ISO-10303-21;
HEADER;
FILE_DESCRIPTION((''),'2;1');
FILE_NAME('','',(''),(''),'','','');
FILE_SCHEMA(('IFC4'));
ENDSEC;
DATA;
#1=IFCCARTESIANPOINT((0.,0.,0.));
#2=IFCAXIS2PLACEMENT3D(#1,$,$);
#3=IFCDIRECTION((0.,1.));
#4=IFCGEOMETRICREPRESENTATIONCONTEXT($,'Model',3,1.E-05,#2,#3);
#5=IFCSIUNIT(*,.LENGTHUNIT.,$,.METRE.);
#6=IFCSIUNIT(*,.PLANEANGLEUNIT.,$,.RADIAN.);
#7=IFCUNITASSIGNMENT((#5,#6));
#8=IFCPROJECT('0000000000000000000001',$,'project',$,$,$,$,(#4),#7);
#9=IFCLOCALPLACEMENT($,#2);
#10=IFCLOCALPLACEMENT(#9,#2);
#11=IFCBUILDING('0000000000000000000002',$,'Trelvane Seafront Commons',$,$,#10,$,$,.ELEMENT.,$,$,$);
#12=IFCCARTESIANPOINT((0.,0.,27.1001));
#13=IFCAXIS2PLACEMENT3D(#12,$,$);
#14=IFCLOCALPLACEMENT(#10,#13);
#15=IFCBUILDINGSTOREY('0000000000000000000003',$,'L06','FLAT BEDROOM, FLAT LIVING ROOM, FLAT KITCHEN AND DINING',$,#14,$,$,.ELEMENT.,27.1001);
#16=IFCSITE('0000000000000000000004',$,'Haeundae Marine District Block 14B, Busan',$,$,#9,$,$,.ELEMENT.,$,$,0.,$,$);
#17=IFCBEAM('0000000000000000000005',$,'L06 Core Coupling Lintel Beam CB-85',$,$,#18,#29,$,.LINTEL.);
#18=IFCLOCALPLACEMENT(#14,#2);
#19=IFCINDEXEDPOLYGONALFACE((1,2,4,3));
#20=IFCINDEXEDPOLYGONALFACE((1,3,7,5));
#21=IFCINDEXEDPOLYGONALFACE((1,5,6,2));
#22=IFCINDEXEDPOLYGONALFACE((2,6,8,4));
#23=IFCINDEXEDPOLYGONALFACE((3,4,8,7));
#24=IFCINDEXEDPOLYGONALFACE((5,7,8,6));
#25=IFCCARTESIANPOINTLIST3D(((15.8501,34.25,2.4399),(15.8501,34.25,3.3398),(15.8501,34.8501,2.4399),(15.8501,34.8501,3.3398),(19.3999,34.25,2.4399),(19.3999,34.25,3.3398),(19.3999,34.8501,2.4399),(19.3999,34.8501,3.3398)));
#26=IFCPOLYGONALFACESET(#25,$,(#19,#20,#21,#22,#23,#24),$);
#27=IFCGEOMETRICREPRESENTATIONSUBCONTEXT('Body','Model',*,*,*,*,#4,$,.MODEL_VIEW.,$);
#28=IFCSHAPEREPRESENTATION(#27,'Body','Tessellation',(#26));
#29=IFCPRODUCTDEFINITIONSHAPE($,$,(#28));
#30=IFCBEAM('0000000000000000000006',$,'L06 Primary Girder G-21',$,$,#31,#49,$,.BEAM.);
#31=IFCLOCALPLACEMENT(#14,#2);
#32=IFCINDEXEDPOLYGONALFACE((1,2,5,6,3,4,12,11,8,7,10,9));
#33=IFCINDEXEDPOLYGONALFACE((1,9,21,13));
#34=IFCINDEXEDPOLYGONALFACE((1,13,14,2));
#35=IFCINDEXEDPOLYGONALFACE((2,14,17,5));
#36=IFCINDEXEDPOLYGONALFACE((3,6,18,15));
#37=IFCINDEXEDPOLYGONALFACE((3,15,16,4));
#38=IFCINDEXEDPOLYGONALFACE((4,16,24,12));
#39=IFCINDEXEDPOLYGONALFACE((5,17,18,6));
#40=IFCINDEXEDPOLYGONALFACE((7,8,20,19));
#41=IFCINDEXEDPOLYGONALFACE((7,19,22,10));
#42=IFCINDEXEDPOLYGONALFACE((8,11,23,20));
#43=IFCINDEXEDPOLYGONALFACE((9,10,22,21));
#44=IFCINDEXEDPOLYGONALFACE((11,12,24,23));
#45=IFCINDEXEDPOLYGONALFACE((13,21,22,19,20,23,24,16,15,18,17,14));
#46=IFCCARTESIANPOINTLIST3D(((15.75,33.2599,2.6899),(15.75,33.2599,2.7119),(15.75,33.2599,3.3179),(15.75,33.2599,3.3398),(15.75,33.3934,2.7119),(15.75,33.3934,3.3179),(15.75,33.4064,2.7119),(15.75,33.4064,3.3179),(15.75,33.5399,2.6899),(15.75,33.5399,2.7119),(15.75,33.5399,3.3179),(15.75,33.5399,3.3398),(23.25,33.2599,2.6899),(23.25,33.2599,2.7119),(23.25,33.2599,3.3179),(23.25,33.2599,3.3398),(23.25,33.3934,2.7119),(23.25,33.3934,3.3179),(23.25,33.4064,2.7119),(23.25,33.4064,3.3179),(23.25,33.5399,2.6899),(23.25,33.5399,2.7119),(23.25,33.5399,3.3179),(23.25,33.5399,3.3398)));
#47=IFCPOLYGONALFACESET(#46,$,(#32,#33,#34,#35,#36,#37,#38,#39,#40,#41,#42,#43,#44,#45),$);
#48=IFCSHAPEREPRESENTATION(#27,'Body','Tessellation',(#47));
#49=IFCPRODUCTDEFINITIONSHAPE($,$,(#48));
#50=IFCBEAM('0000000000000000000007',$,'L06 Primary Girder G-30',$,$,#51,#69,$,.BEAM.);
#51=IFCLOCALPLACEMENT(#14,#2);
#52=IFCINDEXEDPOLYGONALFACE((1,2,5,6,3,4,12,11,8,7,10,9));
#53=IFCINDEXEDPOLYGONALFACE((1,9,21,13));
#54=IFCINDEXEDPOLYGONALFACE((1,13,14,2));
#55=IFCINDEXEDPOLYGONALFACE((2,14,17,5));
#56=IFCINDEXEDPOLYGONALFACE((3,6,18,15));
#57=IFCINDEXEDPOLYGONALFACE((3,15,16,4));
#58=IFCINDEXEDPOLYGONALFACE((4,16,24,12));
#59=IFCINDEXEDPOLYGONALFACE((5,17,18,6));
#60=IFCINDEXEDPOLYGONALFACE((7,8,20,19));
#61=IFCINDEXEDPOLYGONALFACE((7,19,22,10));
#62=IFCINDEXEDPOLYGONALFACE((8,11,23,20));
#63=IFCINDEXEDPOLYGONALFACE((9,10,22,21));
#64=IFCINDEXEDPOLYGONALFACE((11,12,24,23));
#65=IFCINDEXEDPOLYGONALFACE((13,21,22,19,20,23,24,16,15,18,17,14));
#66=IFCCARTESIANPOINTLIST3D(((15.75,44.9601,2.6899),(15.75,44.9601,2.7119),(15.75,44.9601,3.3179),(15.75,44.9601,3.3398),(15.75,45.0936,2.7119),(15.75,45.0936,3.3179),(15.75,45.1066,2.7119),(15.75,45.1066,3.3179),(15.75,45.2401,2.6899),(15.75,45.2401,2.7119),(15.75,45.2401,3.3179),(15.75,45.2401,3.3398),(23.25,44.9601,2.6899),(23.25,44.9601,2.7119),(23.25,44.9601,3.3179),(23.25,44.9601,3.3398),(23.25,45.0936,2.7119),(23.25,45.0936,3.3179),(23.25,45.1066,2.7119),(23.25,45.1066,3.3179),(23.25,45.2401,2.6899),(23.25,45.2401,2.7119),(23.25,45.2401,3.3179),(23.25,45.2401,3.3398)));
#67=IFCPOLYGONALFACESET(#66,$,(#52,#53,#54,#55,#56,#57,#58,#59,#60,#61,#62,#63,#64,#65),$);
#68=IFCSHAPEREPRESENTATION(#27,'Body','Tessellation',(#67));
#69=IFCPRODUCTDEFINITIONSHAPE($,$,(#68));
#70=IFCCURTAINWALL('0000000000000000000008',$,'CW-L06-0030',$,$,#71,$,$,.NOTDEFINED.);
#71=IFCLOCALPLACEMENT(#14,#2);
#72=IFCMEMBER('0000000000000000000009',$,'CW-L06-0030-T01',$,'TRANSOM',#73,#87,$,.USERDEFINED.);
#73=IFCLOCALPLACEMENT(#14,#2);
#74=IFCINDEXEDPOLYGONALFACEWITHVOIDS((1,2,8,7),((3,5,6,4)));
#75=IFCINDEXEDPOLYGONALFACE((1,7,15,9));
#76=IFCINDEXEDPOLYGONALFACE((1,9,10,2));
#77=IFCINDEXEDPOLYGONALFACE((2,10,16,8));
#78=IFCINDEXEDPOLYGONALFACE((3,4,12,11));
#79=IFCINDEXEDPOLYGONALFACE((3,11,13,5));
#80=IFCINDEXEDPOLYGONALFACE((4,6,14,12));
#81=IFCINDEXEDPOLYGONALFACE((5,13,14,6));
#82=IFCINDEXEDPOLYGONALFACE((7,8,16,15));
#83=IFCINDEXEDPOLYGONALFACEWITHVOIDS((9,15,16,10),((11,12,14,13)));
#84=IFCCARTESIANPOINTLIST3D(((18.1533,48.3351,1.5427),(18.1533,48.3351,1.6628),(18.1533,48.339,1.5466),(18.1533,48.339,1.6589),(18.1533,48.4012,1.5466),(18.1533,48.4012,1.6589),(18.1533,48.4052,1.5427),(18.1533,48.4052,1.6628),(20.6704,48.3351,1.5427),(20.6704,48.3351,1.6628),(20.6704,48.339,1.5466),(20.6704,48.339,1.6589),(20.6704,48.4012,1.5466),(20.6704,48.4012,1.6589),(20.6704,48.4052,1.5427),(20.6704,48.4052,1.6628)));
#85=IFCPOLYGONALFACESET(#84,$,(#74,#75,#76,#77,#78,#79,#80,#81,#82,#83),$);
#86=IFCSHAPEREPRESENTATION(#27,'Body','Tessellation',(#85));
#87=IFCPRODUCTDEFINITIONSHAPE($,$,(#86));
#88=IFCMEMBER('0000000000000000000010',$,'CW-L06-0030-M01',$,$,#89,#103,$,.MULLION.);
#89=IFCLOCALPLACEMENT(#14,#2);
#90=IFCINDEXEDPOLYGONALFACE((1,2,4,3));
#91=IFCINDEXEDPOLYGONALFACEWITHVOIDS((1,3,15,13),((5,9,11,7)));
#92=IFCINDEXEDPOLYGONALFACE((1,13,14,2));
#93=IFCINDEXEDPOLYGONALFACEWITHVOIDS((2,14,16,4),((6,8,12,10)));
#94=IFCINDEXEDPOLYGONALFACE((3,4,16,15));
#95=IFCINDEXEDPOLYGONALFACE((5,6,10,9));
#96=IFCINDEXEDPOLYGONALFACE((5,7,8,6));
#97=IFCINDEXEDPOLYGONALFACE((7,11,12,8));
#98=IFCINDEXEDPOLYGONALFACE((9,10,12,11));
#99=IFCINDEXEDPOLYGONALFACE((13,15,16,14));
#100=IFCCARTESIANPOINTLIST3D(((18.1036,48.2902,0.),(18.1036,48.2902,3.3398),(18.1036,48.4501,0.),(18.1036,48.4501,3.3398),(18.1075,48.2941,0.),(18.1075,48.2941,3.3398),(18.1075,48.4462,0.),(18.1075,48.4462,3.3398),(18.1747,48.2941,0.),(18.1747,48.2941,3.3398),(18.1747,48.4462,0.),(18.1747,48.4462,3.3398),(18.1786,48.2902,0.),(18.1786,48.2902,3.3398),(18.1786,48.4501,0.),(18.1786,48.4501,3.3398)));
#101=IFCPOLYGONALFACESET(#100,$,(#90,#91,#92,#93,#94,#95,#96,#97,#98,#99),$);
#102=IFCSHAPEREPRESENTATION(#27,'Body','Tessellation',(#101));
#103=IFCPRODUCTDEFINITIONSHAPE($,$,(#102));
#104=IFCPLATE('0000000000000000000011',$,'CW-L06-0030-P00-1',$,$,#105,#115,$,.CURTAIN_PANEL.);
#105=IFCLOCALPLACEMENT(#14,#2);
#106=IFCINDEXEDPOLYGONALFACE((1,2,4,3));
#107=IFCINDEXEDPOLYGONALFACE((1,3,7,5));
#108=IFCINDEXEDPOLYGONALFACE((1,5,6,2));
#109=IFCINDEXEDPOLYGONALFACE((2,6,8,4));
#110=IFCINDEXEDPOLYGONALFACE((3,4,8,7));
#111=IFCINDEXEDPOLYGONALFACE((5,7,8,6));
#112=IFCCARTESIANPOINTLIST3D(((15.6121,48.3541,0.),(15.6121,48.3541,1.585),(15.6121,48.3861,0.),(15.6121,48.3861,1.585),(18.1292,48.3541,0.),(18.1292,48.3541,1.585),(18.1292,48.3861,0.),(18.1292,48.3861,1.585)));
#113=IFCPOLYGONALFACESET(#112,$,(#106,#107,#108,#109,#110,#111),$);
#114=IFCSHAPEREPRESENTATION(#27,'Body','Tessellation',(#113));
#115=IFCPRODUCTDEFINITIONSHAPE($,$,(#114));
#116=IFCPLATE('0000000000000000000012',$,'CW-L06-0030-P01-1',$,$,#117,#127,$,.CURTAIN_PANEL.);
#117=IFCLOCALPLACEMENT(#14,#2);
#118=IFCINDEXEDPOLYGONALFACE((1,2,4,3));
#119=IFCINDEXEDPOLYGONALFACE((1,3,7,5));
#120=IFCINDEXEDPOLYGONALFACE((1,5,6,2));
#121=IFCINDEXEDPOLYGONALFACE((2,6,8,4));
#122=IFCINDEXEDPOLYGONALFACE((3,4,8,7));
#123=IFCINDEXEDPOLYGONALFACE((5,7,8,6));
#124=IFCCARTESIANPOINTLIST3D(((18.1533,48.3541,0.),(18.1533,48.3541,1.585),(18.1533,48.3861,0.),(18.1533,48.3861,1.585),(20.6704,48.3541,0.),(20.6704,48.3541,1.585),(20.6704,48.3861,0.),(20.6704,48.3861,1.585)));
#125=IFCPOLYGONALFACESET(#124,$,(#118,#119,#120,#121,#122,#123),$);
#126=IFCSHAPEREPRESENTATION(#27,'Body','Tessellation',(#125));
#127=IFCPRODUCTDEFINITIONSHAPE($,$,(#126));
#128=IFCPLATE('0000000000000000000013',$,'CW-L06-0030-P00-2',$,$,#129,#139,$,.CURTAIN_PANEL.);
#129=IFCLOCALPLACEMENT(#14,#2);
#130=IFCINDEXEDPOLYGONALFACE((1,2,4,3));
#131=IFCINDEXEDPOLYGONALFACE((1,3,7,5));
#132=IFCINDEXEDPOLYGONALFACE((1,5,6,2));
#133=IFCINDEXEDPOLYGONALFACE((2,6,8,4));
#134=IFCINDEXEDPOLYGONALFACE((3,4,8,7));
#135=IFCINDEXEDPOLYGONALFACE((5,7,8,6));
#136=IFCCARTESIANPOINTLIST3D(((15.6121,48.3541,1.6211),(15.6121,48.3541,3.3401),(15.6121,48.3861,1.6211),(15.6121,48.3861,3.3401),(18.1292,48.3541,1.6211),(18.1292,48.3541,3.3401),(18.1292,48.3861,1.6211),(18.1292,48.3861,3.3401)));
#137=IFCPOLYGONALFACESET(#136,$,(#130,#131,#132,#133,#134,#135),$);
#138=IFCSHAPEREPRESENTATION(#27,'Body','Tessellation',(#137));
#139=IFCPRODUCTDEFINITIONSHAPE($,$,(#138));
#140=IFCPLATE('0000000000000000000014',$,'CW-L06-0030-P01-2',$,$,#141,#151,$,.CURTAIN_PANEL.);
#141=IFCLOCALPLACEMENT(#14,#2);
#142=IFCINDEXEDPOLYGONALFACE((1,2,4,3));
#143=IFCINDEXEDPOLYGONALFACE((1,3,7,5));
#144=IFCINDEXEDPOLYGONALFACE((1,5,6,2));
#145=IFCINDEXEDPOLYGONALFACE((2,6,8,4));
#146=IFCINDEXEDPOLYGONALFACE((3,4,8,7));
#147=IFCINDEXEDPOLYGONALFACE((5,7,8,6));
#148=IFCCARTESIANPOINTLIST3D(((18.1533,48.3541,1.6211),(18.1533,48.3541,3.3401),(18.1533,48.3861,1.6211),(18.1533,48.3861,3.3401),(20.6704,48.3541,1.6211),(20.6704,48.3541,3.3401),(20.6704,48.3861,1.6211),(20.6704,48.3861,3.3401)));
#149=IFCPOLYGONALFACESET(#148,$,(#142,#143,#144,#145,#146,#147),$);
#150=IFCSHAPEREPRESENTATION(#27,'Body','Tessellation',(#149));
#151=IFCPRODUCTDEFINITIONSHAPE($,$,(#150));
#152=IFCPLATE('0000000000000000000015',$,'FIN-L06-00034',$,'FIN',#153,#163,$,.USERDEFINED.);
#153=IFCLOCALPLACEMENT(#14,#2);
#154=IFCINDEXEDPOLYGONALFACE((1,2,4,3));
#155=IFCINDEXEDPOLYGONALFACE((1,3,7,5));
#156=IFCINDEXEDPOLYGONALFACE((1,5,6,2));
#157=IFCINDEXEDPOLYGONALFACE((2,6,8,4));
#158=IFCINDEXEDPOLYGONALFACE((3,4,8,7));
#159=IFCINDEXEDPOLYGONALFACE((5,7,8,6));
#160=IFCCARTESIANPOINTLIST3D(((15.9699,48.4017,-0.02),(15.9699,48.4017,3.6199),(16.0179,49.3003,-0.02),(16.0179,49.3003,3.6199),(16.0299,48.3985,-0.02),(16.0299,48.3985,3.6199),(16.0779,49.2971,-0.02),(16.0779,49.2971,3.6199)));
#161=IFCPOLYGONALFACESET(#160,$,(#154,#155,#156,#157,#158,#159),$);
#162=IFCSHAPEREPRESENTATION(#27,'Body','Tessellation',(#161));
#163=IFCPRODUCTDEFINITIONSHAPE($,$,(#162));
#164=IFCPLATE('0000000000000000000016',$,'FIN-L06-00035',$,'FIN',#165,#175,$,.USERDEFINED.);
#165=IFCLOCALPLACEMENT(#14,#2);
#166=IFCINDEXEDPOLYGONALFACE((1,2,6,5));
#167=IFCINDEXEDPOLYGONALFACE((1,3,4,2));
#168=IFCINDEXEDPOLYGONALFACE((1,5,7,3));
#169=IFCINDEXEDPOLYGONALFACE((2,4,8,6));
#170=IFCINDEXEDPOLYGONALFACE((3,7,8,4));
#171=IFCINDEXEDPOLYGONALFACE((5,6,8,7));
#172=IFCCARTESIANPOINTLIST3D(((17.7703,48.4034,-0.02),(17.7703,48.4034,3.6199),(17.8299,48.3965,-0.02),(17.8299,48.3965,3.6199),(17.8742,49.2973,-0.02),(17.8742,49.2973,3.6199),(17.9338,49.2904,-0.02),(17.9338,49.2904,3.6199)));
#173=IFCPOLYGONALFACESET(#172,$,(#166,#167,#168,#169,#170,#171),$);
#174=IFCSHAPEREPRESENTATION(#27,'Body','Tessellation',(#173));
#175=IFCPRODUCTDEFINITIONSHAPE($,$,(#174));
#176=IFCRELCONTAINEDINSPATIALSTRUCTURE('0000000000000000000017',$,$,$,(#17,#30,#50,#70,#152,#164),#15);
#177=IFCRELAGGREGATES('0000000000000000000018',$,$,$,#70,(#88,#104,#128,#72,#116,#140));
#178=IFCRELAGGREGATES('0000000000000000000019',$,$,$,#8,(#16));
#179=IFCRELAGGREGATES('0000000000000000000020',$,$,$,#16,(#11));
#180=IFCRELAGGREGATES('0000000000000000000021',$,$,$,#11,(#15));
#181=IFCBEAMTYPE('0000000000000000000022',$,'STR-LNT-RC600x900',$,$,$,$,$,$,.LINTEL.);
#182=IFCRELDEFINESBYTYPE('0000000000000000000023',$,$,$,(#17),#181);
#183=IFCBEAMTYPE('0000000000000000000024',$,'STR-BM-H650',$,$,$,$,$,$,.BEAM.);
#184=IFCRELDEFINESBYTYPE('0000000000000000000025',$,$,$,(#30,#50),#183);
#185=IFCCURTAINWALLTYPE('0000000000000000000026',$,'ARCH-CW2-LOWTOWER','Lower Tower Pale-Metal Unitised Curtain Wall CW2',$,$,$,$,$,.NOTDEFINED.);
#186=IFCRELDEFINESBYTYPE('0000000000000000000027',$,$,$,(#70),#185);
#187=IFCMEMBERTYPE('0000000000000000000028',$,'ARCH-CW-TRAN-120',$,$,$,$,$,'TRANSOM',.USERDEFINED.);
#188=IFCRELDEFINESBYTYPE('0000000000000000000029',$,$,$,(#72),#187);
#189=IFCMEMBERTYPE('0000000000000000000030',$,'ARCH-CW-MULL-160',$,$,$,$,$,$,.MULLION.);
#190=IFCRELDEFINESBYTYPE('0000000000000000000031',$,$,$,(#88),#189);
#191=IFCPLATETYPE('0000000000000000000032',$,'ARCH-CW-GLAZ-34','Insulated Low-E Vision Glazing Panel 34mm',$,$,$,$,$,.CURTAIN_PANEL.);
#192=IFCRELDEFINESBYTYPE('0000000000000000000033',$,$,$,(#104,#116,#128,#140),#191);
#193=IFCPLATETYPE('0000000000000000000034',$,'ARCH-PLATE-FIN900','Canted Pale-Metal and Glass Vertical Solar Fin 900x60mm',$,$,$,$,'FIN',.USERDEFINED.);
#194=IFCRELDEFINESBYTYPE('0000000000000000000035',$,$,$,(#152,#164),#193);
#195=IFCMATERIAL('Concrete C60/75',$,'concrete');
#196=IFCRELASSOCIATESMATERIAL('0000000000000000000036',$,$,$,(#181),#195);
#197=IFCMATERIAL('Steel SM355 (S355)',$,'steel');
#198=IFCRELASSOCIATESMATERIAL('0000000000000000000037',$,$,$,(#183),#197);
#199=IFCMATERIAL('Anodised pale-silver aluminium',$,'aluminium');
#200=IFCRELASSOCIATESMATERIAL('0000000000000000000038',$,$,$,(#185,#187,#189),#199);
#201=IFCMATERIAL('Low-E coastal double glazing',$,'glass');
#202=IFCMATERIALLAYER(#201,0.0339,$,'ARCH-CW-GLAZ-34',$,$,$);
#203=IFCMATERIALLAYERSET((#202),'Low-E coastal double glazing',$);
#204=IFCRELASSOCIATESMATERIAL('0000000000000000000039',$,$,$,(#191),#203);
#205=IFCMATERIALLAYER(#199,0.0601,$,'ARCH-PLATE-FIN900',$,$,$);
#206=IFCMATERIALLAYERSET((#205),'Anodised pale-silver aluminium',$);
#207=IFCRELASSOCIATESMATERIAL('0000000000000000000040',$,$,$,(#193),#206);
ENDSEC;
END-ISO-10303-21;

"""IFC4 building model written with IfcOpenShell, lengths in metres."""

from ifc_helpers import new_model, si_unit, direction, frame, origin, origin_2d, place, context, subcontext, project, spatial, rectangle, hollow_rectangle, i_section, extrude, source, transform, mapped, material, layer, layer_set, material_profile, profile_set, type_object, element, aggregate, save


model = new_model("IFC4")

# Units and contexts
model_context = context("Model", 3, precision=1e-05, world=origin(), true_north=direction((0.0, 1.0)))
body_context = subcontext(model_context, "Body", "Model", "MODEL_VIEW")
ifc_project = project(units=[si_unit("LENGTHUNIT", "METRE"), si_unit("PLANEANGLEUNIT", "RADIAN")], contexts=[model_context])

# Site, building, storey
site_placement = place(None, origin())
site = spatial("IfcSite", under=ifc_project, at=site_placement, Name="Haeundae Marine District Block 14B, Busan", CompositionType="ELEMENT", RefElevation=0.0)
building_placement = place(site_placement, origin())
building = spatial("IfcBuilding", under=site, at=building_placement, Name="Trelvane Seafront Commons", CompositionType="ELEMENT")
storey_placement = place(building_placement, frame((0.0, 0.0, 27.1001)))
storey = spatial("IfcBuildingStorey", under=building, at=storey_placement, Name="L06", Description="FLAT BEDROOM, FLAT LIVING ROOM, FLAT KITCHEN AND DINING", CompositionType="ELEMENT", Elevation=27.1001)

# Beams
ifc_material_1 = material(Name="Concrete C60/75", Category="concrete")
ifc_material_profile_1 = material_profile(ifc_material_1, rectangle(XDim=0.6001, YDim=0.8999, at=origin_2d()), Name="RC-600x900")
ifc_profile_set_1 = profile_set([ifc_material_profile_1], Name="Concrete C60/75")
beam_type_1 = type_object("IfcBeamType", Name="STR-LNT-RC600x900", PredefinedType="LINTEL", material=ifc_profile_set_1)
shared_shape_1 = source(origin(), body_context, "Body", "SweptSolid", [
    extrude(rectangle(XDim=0.6001, YDim=0.8999, at=origin_2d()), origin(), (0.0, 0.0, 1.0), 3.5498),
])
beam_placement = place(storey_placement, frame((15.8501, 34.55, 2.8899), z_axis=(1.0, 0.0, 0.0), x_axis=(0.0, 1.0, 0.0)))
element("IfcBeam", 1, at=beam_placement, inside=storey, type_object=beam_type_1, Name="L06 Core Coupling Lintel Beam CB-85", PredefinedType="LINTEL", context=body_context, shape_type="MappedRepresentation", body=[
    mapped(shared_shape_1, transform((0.0, 0.0, 0.0), x_axis=(1.0, 0.0, 0.0), y_axis=(0.0, 1.0, 0.0), z_axis=(0.0, 0.0, 1.0), scale=1.0)),
])
ifc_material_2 = material(Name="Steel SM355 (S355)", Category="steel")
ifc_material_profile_2 = material_profile(ifc_material_2, i_section(OverallWidth=0.28, OverallDepth=0.6499, WebThickness=0.0129, FlangeThickness=0.022, at=origin_2d()), Name="H-650x280x13x22")
ifc_profile_set_2 = profile_set([ifc_material_profile_2], Name="Steel SM355 (S355)")
beam_type_2 = type_object("IfcBeamType", Name="STR-BM-H650", PredefinedType="BEAM", material=ifc_profile_set_2)
shared_shape_2 = source(origin(), body_context, "Body", "SweptSolid", [
    extrude(i_section(OverallWidth=0.28, OverallDepth=0.6499, WebThickness=0.0129, FlangeThickness=0.022, at=origin_2d()), origin(), (0.0, 0.0, 1.0), 7.5),
])
for number, where, z_axis, x_axis, name in (
    (2, (15.75, 33.3999, 3.0149), (1.0, 0.0, 0.0), (0.0, 1.0, 0.0), "L06 Primary Girder G-21"),
    (3, (15.75, 45.1001, 3.0149), (1.0, 0.0, 0.0), (0.0, 1.0, 0.0), "L06 Primary Girder G-30"),
):
    element("IfcBeam", number, at=place(storey_placement, frame(where, z_axis=z_axis, x_axis=x_axis)), inside=storey, type_object=beam_type_2, Name=name, PredefinedType="BEAM", context=body_context, shape_type="MappedRepresentation", body=[
        mapped(shared_shape_2, transform((0.0, 0.0, 0.0), x_axis=(1.0, 0.0, 0.0), y_axis=(0.0, 1.0, 0.0), z_axis=(0.0, 0.0, 1.0), scale=1.0)),
    ])

# Curtain wall, members, plates
ifc_material_3 = material(Name="Anodised pale-silver aluminium", Category="aluminium")
curtain_wall_type = type_object("IfcCurtainWallType", Name="ARCH-CW2-LOWTOWER", Description="Lower Tower Pale-Metal Unitised Curtain Wall CW2", PredefinedType="NOTDEFINED", material=ifc_material_3)
curtain_wall_placement = place(storey_placement, origin())
curtain_wall = element("IfcCurtainWall", 4, at=curtain_wall_placement, inside=storey, type_object=curtain_wall_type, Name="CW-L06-0030", PredefinedType="NOTDEFINED")
ifc_material_profile_3 = material_profile(ifc_material_3, hollow_rectangle(XDim=0.0701, YDim=0.1201, WallThickness=0.0039, at=origin_2d()), Name="TRAN-70x120x4")
ifc_profile_set_3 = profile_set([ifc_material_profile_3], Name="Anodised pale-silver aluminium")
member_type_1 = type_object("IfcMemberType", Name="ARCH-CW-TRAN-120", ElementType="TRANSOM", PredefinedType="USERDEFINED", material=ifc_profile_set_3)
shared_shape_3 = source(origin(), body_context, "Body", "SweptSolid", [
    extrude(hollow_rectangle(XDim=0.0701, YDim=0.1201, WallThickness=0.0039, at=origin_2d()), origin(), (0.0, 0.0, 1.0), 2.5171),
])
member_1_placement = place(storey_placement, frame((18.1533, 48.3701, 1.6028), z_axis=(1.0, 0.0, 0.0), x_axis=(0.0, 1.0, 0.0)))
member_1 = element("IfcMember", 5, at=member_1_placement, type_object=member_type_1, Name="CW-L06-0030-T01", ObjectType="TRANSOM", PredefinedType="USERDEFINED", context=body_context, shape_type="MappedRepresentation", body=[
    mapped(shared_shape_3, transform((0.0, 0.0, 0.0), x_axis=(1.0, 0.0, 0.0), y_axis=(0.0, 1.0, 0.0), z_axis=(0.0, 0.0, 1.0), scale=1.0)),
])
ifc_material_profile_4 = material_profile(ifc_material_3, hollow_rectangle(XDim=0.075, YDim=0.1599, WallThickness=0.0039, at=origin_2d()), Name="MULL-75x160x4")
ifc_profile_set_4 = profile_set([ifc_material_profile_4], Name="Anodised pale-silver aluminium")
member_type_2 = type_object("IfcMemberType", Name="ARCH-CW-MULL-160", PredefinedType="MULLION", material=ifc_profile_set_4)
shared_shape_4 = source(origin(), body_context, "Body", "SweptSolid", [
    extrude(hollow_rectangle(XDim=0.075, YDim=0.1599, WallThickness=0.0039, at=origin_2d()), origin(), (0.0, 0.0, 1.0), 3.3398),
])
member_2_placement = place(storey_placement, frame((18.1411, 48.3701, 0.0), z_axis=(0.0, 0.0, 1.0), x_axis=(1.0, 0.0, 0.0)))
member_2 = element("IfcMember", 6, at=member_2_placement, type_object=member_type_2, Name="CW-L06-0030-M01", PredefinedType="MULLION", context=body_context, shape_type="MappedRepresentation", body=[
    mapped(shared_shape_4, transform((0.0, 0.0, 0.0), x_axis=(1.0, 0.0, 0.0), y_axis=(0.0, 1.0, 0.0), z_axis=(0.0, 0.0, 1.0), scale=1.0)),
])
ifc_material_4 = material(Name="Low-E coastal double glazing", Category="glass")
ifc_layer_1 = layer(ifc_material_4, 0.0339, Name="ARCH-CW-GLAZ-34")
ifc_layer_set_1 = layer_set([ifc_layer_1], Name="Low-E coastal double glazing")
plate_type_1 = type_object("IfcPlateType", Name="ARCH-CW-GLAZ-34", Description="Insulated Low-E Vision Glazing Panel 34mm", PredefinedType="CURTAIN_PANEL", material=ifc_layer_set_1)
shared_shape_5 = source(origin(), body_context, "Body", "SweptSolid", [
    extrude(rectangle(XDim=2.5171, YDim=0.032, at=origin_2d()), origin(), (0.0, 0.0, 1.0), 1.585),
])
plate_1_placement = place(storey_placement, frame((16.8706, 48.3701, 0.0), z_axis=(0.0, 0.0, 1.0), x_axis=(1.0, 0.0, 0.0)))
plate_1 = element("IfcPlate", 7, at=plate_1_placement, type_object=plate_type_1, Name="CW-L06-0030-P00-1", PredefinedType="CURTAIN_PANEL", context=body_context, shape_type="MappedRepresentation", body=[
    mapped(shared_shape_5, transform((0.0, 0.0, 0.0), x_axis=(1.0, 0.0, 0.0), y_axis=(0.0, 1.0, 0.0), z_axis=(0.0, 0.0, 1.0), scale=1.0)),
])
plate_2_placement = place(storey_placement, frame((19.4119, 48.3701, 0.0), z_axis=(0.0, 0.0, 1.0), x_axis=(1.0, 0.0, 0.0)))
plate_2 = element("IfcPlate", 8, at=plate_2_placement, type_object=plate_type_1, Name="CW-L06-0030-P01-1", PredefinedType="CURTAIN_PANEL", context=body_context, shape_type="MappedRepresentation", body=[
    mapped(shared_shape_5, transform((0.0, 0.0, 0.0), x_axis=(1.0, 0.0, 0.0), y_axis=(0.0, 1.0, 0.0), z_axis=(0.0, 0.0, 1.0), scale=1.0)),
])
shared_shape_6 = source(origin(), body_context, "Body", "SweptSolid", [
    extrude(rectangle(XDim=2.5171, YDim=0.032, at=origin_2d()), origin(), (0.0, 0.0, 1.0), 1.719),
])
plate_3_placement = place(storey_placement, frame((16.8706, 48.3701, 1.6211), z_axis=(0.0, 0.0, 1.0), x_axis=(1.0, 0.0, 0.0)))
plate_3 = element("IfcPlate", 9, at=plate_3_placement, type_object=plate_type_1, Name="CW-L06-0030-P00-2", PredefinedType="CURTAIN_PANEL", context=body_context, shape_type="MappedRepresentation", body=[
    mapped(shared_shape_6, transform((0.0, 0.0, 0.0), x_axis=(1.0, 0.0, 0.0), y_axis=(0.0, 1.0, 0.0), z_axis=(0.0, 0.0, 1.0), scale=1.0)),
])
plate_4_placement = place(storey_placement, frame((19.4119, 48.3701, 1.6211), z_axis=(0.0, 0.0, 1.0), x_axis=(1.0, 0.0, 0.0)))
plate_4 = element("IfcPlate", 10, at=plate_4_placement, type_object=plate_type_1, Name="CW-L06-0030-P01-2", PredefinedType="CURTAIN_PANEL", context=body_context, shape_type="MappedRepresentation", body=[
    mapped(shared_shape_6, transform((0.0, 0.0, 0.0), x_axis=(1.0, 0.0, 0.0), y_axis=(0.0, 1.0, 0.0), z_axis=(0.0, 0.0, 1.0), scale=1.0)),
])
aggregate(curtain_wall, [member_2, plate_1, plate_3, member_1, plate_2, plate_4])

# Plates
ifc_layer_2 = layer(ifc_material_3, 0.0601, Name="ARCH-PLATE-FIN900")
ifc_layer_set_2 = layer_set([ifc_layer_2], Name="Anodised pale-silver aluminium")
plate_type_2 = type_object("IfcPlateType", Name="ARCH-PLATE-FIN900", Description="Canted Pale-Metal and Glass Vertical Solar Fin 900x60mm", ElementType="FIN", PredefinedType="USERDEFINED", material=ifc_layer_set_2)
shared_shape_7 = source(origin(), body_context, "Body", "SweptSolid", [
    extrude(rectangle(XDim=0.8999, YDim=0.0601, at=origin_2d()), origin(), (0.0, 0.0, 1.0), 3.6399),
])
for number, where, z_axis, x_axis, name in (
    (11, (16.0239, 48.8494, -0.02), (0.0, 0.0, 1.0), (0.053335, 0.998577, 0.0), "FIN-L06-00034"),
    (12, (17.8521, 48.8469, -0.02), (0.0, 0.0, 1.0), (0.115442, 0.993314, 0.0), "FIN-L06-00035"),
):
    element("IfcPlate", number, at=place(storey_placement, frame(where, z_axis=z_axis, x_axis=x_axis)), inside=storey, type_object=plate_type_2, Name=name, ObjectType="FIN", PredefinedType="USERDEFINED", context=body_context, shape_type="MappedRepresentation", body=[
        mapped(shared_shape_7, transform((0.0, 0.0, 0.0), x_axis=(1.0, 0.0, 0.0), y_axis=(0.0, 1.0, 0.0), z_axis=(0.0, 0.0, 1.0), scale=1.0)),
    ])

save(model, "model.ifc")
